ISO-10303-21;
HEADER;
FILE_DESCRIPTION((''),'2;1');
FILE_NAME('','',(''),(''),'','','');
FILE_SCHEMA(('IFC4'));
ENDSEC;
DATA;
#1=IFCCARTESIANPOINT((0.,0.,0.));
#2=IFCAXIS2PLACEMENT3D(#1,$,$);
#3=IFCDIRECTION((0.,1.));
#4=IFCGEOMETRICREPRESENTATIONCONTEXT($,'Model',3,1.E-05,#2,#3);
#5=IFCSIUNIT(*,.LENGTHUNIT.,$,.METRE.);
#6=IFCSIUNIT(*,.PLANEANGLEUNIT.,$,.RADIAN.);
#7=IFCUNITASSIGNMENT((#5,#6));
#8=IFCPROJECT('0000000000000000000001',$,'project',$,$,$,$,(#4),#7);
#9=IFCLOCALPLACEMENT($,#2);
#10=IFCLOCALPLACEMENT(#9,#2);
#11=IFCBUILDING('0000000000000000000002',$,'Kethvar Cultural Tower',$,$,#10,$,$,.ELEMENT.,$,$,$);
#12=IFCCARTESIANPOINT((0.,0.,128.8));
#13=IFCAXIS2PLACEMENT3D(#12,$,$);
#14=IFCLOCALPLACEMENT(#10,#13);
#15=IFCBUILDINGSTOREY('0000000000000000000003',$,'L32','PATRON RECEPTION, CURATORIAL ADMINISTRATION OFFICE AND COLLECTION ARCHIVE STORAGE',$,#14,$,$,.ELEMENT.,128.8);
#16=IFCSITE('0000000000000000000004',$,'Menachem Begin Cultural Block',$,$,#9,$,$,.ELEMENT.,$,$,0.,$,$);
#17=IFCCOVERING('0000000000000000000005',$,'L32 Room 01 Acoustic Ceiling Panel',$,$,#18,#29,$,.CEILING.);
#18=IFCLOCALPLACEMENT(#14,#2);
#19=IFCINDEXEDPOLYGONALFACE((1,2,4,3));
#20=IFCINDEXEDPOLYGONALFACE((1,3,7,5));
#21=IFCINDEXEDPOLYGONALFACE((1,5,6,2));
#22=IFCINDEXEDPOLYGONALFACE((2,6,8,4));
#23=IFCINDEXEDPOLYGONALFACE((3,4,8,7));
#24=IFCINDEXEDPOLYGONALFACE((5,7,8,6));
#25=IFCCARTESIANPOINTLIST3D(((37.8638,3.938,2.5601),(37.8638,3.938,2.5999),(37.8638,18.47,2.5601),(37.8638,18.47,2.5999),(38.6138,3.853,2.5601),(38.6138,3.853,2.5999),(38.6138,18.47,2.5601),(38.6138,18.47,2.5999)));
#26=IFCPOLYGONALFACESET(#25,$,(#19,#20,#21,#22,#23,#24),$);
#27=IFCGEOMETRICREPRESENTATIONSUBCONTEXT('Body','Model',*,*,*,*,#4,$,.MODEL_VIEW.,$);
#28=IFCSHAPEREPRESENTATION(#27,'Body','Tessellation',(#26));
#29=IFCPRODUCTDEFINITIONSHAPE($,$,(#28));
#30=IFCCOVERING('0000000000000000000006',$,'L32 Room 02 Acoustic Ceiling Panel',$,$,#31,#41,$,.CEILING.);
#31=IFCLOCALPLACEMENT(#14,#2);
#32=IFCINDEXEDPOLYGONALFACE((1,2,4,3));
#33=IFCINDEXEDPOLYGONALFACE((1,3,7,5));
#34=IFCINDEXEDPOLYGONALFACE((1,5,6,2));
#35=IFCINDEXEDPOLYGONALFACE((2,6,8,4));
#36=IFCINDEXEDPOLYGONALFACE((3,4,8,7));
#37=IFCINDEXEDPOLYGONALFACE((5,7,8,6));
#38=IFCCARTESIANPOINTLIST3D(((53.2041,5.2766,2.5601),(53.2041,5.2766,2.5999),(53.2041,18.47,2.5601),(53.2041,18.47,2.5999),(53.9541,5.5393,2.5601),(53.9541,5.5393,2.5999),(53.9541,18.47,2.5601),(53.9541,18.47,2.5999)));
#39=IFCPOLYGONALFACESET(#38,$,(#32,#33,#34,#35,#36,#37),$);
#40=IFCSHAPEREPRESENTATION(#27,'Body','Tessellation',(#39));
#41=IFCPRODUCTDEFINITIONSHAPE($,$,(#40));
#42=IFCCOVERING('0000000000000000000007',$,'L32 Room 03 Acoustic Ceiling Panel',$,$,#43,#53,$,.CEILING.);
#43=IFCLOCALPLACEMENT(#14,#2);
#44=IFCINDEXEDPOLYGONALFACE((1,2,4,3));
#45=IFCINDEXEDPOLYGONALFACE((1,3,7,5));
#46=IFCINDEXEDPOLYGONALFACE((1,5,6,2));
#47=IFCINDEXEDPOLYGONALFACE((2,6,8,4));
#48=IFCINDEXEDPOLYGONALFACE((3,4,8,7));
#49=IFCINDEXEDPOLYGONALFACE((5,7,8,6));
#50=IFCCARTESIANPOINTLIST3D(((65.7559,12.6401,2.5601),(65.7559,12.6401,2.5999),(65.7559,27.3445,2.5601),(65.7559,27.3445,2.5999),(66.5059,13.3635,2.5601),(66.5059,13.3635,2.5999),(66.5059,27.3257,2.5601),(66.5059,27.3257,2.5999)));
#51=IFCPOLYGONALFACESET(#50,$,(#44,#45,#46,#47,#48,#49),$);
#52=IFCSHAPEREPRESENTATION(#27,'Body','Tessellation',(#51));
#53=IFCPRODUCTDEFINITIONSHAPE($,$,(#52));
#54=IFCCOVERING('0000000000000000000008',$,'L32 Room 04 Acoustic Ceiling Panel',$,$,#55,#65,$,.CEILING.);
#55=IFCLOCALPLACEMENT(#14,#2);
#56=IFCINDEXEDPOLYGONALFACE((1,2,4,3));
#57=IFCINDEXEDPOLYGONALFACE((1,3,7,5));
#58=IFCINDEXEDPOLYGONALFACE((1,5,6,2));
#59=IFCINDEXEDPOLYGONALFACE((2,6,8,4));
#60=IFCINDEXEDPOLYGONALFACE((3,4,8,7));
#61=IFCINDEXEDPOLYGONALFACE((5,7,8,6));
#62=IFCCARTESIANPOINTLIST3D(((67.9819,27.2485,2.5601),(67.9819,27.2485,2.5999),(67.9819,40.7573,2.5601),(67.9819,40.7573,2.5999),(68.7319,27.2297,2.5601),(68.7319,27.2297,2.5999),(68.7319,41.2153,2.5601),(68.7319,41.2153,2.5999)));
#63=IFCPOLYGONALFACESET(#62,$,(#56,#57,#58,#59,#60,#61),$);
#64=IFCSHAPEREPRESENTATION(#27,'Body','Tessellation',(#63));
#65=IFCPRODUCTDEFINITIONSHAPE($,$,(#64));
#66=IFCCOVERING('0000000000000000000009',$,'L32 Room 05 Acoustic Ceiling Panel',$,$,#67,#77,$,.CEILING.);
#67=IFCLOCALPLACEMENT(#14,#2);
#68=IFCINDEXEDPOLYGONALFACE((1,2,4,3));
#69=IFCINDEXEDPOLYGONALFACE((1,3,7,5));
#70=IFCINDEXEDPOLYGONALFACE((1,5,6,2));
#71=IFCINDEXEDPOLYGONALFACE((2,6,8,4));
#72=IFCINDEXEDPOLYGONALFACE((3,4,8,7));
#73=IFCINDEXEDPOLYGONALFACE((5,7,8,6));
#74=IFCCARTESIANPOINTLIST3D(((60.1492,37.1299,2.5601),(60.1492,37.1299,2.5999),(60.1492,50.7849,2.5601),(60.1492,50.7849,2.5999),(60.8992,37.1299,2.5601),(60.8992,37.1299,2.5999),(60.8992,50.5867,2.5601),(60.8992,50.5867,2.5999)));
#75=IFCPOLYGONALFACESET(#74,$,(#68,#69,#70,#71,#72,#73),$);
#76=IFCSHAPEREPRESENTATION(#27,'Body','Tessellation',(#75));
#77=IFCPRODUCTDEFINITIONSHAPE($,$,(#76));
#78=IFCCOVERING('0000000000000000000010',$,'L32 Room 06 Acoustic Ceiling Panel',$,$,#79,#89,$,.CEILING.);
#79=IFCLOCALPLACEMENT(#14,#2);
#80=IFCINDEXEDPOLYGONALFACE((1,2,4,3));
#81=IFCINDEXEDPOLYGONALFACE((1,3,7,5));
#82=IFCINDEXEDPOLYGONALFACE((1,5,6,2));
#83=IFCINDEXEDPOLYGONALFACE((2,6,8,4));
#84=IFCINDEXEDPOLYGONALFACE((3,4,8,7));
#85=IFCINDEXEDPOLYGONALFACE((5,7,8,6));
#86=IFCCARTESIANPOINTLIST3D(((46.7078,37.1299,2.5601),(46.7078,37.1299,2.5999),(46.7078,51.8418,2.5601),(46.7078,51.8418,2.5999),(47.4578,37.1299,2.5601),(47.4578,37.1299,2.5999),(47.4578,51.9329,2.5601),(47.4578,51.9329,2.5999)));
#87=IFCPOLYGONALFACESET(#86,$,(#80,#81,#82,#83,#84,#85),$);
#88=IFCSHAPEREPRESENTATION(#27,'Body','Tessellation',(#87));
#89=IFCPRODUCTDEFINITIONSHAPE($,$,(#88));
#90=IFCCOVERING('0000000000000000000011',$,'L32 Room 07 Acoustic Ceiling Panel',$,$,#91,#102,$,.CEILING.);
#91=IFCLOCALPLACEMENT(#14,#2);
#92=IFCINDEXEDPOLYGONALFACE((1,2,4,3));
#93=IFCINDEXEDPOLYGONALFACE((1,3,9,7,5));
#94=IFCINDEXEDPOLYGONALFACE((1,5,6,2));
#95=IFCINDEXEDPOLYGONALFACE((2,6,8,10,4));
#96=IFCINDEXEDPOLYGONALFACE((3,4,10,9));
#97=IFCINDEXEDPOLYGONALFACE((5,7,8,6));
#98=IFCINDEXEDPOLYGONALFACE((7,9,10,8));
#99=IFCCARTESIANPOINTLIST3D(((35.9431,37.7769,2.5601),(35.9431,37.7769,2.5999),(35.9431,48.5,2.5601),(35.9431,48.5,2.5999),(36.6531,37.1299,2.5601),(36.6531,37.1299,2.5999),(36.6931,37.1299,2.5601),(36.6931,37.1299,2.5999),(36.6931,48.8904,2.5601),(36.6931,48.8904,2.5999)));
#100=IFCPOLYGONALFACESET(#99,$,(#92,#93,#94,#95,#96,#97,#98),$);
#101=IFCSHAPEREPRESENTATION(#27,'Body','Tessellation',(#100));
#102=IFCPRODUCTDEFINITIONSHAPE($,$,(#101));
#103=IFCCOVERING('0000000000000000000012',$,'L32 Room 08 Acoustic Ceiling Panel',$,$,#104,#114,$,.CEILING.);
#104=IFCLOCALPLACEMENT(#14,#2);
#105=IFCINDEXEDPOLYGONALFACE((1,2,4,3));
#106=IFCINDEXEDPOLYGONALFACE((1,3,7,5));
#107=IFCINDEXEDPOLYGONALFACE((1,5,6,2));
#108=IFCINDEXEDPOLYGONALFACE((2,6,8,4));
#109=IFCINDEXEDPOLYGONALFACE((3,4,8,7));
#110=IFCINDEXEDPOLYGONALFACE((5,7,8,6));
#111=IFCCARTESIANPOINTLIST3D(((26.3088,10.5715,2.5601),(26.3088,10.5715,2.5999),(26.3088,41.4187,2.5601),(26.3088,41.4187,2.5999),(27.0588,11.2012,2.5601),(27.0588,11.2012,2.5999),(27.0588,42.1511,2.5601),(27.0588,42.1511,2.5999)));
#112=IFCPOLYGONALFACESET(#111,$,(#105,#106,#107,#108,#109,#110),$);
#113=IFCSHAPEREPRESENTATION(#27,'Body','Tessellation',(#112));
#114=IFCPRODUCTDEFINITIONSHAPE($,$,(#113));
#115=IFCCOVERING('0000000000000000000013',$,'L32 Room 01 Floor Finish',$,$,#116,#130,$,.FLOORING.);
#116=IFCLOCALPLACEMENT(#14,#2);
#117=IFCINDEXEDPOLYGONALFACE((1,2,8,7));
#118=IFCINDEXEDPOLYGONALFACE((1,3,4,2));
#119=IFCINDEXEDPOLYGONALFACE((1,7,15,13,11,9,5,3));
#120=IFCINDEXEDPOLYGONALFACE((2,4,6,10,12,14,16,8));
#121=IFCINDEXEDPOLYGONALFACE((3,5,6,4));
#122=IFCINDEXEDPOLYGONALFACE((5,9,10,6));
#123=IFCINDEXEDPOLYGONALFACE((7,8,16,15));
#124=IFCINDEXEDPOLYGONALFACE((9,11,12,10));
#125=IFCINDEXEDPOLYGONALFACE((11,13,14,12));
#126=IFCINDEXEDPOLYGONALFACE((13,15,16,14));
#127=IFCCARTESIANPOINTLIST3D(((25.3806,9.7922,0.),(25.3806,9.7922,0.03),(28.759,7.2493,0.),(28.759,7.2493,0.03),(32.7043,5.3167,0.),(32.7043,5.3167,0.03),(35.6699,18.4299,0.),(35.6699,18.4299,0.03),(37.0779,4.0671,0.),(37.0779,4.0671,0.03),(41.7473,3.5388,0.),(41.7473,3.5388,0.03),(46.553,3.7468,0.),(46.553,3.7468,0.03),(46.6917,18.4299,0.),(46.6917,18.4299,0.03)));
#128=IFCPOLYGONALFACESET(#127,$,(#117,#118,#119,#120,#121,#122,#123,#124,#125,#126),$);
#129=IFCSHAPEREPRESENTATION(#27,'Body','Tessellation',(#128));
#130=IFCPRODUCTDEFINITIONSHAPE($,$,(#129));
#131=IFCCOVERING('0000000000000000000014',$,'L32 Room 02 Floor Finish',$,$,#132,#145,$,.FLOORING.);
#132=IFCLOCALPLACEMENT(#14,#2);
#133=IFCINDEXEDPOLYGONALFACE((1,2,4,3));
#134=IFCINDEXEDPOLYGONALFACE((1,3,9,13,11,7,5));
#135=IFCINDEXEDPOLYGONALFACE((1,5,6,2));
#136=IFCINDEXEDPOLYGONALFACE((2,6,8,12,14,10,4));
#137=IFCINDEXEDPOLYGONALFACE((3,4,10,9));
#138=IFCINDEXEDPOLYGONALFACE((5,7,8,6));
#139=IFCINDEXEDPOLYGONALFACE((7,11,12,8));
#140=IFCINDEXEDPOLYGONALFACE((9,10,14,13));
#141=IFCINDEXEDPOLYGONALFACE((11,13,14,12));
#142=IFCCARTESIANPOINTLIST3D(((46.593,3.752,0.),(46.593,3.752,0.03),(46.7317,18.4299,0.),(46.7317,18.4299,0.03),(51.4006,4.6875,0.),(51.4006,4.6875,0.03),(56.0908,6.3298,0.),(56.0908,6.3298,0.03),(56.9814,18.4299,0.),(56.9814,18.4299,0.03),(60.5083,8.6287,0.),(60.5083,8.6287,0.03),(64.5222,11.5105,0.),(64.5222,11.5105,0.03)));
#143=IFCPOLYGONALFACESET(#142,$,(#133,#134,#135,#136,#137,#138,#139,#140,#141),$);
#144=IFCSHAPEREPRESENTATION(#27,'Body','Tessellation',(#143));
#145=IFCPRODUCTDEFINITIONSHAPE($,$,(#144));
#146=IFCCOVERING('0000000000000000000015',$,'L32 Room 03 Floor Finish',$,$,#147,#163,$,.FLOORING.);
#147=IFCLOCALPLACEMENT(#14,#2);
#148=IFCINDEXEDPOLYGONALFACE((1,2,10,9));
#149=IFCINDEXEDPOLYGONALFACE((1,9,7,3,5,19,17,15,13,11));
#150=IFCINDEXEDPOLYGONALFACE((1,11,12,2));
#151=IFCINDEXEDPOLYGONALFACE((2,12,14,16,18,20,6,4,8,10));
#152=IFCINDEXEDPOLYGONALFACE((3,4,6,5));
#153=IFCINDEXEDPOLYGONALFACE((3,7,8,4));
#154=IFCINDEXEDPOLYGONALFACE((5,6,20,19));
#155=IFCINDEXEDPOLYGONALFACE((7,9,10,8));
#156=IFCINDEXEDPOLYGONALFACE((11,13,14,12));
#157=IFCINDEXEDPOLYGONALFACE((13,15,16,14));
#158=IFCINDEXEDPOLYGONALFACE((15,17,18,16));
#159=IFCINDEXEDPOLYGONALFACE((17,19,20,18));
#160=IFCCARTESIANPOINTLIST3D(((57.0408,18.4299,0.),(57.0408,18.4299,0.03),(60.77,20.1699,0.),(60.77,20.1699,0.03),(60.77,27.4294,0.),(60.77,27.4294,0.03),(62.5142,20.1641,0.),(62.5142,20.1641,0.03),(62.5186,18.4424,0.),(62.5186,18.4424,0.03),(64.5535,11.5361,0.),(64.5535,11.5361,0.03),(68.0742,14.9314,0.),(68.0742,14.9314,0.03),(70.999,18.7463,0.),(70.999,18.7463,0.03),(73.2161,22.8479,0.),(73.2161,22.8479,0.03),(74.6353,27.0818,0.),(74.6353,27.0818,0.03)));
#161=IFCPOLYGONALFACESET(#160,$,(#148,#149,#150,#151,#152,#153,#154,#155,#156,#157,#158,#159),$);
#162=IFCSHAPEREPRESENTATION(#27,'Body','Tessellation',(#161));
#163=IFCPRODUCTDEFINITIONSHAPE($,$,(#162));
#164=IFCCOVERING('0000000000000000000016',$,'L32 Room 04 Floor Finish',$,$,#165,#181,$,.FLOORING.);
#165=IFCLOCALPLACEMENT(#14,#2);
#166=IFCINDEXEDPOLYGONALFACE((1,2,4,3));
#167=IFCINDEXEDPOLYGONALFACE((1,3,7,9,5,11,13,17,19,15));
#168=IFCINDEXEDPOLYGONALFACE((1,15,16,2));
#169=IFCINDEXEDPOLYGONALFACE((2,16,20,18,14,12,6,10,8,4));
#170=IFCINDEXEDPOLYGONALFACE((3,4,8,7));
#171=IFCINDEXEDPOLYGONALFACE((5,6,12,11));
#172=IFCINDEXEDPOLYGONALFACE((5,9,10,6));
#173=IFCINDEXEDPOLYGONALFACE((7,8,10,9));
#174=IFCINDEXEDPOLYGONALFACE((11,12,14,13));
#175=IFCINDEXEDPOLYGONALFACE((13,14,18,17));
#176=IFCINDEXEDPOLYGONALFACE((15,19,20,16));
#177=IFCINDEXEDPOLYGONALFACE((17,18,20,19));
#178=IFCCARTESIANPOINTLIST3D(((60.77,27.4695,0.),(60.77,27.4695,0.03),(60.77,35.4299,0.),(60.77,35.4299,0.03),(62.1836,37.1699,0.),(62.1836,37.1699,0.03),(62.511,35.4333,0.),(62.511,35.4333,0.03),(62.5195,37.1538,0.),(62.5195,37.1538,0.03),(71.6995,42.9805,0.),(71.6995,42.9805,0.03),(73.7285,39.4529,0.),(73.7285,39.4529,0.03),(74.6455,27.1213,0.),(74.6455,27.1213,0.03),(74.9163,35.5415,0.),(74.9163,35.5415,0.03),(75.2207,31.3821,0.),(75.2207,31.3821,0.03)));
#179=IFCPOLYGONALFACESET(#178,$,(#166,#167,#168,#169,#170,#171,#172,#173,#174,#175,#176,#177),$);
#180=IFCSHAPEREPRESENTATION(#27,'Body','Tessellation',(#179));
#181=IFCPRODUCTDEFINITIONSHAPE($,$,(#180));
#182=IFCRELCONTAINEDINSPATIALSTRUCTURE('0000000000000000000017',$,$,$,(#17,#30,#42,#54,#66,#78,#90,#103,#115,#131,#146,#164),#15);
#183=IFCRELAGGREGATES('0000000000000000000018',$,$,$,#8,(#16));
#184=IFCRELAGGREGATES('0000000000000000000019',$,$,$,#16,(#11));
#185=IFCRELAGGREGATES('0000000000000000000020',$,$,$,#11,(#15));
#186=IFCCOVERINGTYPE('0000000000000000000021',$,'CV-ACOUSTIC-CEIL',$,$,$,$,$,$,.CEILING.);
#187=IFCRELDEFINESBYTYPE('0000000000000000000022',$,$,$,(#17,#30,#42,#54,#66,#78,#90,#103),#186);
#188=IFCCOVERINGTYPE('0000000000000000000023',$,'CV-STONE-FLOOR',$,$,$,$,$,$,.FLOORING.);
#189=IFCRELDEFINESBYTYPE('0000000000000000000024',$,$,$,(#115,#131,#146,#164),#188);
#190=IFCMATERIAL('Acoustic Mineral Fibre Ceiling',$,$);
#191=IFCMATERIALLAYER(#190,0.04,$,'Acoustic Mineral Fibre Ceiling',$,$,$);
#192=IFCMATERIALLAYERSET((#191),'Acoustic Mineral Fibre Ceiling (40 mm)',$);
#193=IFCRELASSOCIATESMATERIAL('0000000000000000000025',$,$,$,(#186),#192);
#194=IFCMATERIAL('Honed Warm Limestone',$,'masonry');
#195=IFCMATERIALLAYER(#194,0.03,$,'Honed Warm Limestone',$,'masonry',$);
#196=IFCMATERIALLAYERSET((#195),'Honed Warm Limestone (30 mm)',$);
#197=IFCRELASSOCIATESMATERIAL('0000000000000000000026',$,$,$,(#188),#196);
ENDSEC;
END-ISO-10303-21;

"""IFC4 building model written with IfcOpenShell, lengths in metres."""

from ifc_helpers import new_model, si_unit, direction, frame, origin, place, context, subcontext, project, spatial, polyline, outline, extrude, material, layer, layer_set, type_object, element, save


model = new_model("IFC4")

# Units and contexts
model_context = context("Model", 3, precision=1e-05, world=origin(), true_north=direction((0.0, 1.0)))
body_context = subcontext(model_context, "Body", "Model", "MODEL_VIEW")
ifc_project = project(units=[si_unit("LENGTHUNIT", "METRE"), si_unit("PLANEANGLEUNIT", "RADIAN")], contexts=[model_context])

# Site, building, storey
site_placement = place(None, origin())
site = spatial("IfcSite", under=ifc_project, at=site_placement, Name="Menachem Begin Cultural Block", CompositionType="ELEMENT", RefElevation=0.0)
building_placement = place(site_placement, origin())
building = spatial("IfcBuilding", under=site, at=building_placement, Name="Kethvar Cultural Tower", CompositionType="ELEMENT")
storey_placement = place(building_placement, frame((0.0, 0.0, 128.8)))
storey = spatial("IfcBuildingStorey", under=building, at=storey_placement, Name="L32", Description="PATRON RECEPTION, CURATORIAL ADMINISTRATION OFFICE AND COLLECTION ARCHIVE STORAGE", CompositionType="ELEMENT", Elevation=128.8)

# Coverings
ifc_material_1 = material(Name="Acoustic Mineral Fibre Ceiling")
ifc_layer_1 = layer(ifc_material_1, 0.04, Name="Acoustic Mineral Fibre Ceiling")
ifc_layer_set_1 = layer_set([ifc_layer_1], Name="Acoustic Mineral Fibre Ceiling (40 mm)")
covering_type_1 = type_object("IfcCoveringType", Name="CV-ACOUSTIC-CEIL", PredefinedType="CEILING", material=ifc_layer_set_1)
covering_1_placement = place(storey_placement, frame((0.0, 0.0, 2.5601)))
element("IfcCovering", 1, at=covering_1_placement, inside=storey, type_object=covering_type_1, Name="L32 Room 01 Acoustic Ceiling Panel", PredefinedType="CEILING", context=body_context, shape_type="SweptSolid", body=[
    extrude(outline(polyline([(37.8638, 3.938), (37.8638, 18.47), (38.6138, 18.47), (38.6138, 3.853), (37.8638, 3.938)])), origin(), (0.0, 0.0, 1.0), 0.0398),
])
covering_2_placement = place(storey_placement, frame((0.0, 0.0, 2.5601)))
element("IfcCovering", 2, at=covering_2_placement, inside=storey, type_object=covering_type_1, Name="L32 Room 02 Acoustic Ceiling Panel", PredefinedType="CEILING", context=body_context, shape_type="SweptSolid", body=[
    extrude(outline(polyline([(53.2041, 5.2766), (53.2041, 18.47), (53.9541, 18.47), (53.9541, 5.5393), (53.2041, 5.2766)])), origin(), (0.0, 0.0, 1.0), 0.0398),
])
covering_3_placement = place(storey_placement, frame((0.0, 0.0, 2.5601)))
element("IfcCovering", 3, at=covering_3_placement, inside=storey, type_object=covering_type_1, Name="L32 Room 03 Acoustic Ceiling Panel", PredefinedType="CEILING", context=body_context, shape_type="SweptSolid", body=[
    extrude(outline(polyline([(65.7559, 12.6401), (65.7559, 27.3445), (66.5059, 27.3257), (66.5059, 13.3635), (65.7559, 12.6401)])), origin(), (0.0, 0.0, 1.0), 0.0398),
])
covering_4_placement = place(storey_placement, frame((0.0, 0.0, 2.5601)))
element("IfcCovering", 4, at=covering_4_placement, inside=storey, type_object=covering_type_1, Name="L32 Room 04 Acoustic Ceiling Panel", PredefinedType="CEILING", context=body_context, shape_type="SweptSolid", body=[
    extrude(outline(polyline([(67.9819, 27.2485), (67.9819, 40.7573), (68.7319, 41.2153), (68.7319, 27.2297), (67.9819, 27.2485)])), origin(), (0.0, 0.0, 1.0), 0.0398),
])
covering_5_placement = place(storey_placement, frame((0.0, 0.0, 2.5601)))
element("IfcCovering", 5, at=covering_5_placement, inside=storey, type_object=covering_type_1, Name="L32 Room 05 Acoustic Ceiling Panel", PredefinedType="CEILING", context=body_context, shape_type="SweptSolid", body=[
    extrude(outline(polyline([(60.1492, 37.1299), (60.1492, 50.7849), (60.8992, 50.5867), (60.8992, 37.1299), (60.1492, 37.1299)])), origin(), (0.0, 0.0, 1.0), 0.0398),
])
covering_6_placement = place(storey_placement, frame((0.0, 0.0, 2.5601)))
element("IfcCovering", 6, at=covering_6_placement, inside=storey, type_object=covering_type_1, Name="L32 Room 06 Acoustic Ceiling Panel", PredefinedType="CEILING", context=body_context, shape_type="SweptSolid", body=[
    extrude(outline(polyline([(46.7078, 51.8418), (47.4578, 51.9329), (47.4578, 37.1299), (46.7078, 37.1299), (46.7078, 51.8418)])), origin(), (0.0, 0.0, 1.0), 0.0398),
])
covering_7_placement = place(storey_placement, frame((0.0, 0.0, 2.5601)))
element("IfcCovering", 7, at=covering_7_placement, inside=storey, type_object=covering_type_1, Name="L32 Room 07 Acoustic Ceiling Panel", PredefinedType="CEILING", context=body_context, shape_type="SweptSolid", body=[
    extrude(outline(polyline([(36.6931, 48.8904), (36.6931, 37.1299), (36.6531, 37.1299), (35.9431, 37.7769), (35.9431, 48.5), (36.6931, 48.8904)])), origin(), (0.0, 0.0, 1.0), 0.0398),
])
covering_8_placement = place(storey_placement, frame((0.0, 0.0, 2.5601)))
element("IfcCovering", 8, at=covering_8_placement, inside=storey, type_object=covering_type_1, Name="L32 Room 08 Acoustic Ceiling Panel", PredefinedType="CEILING", context=body_context, shape_type="SweptSolid", body=[
    extrude(outline(polyline([(27.0588, 42.1511), (27.0588, 11.2012), (26.3088, 10.5715), (26.3088, 41.4187), (27.0588, 42.1511)])), origin(), (0.0, 0.0, 1.0), 0.0398),
])
ifc_material_2 = material(Name="Honed Warm Limestone", Category="masonry")
ifc_layer_2 = layer(ifc_material_2, 0.03, Name="Honed Warm Limestone", Category="masonry")
ifc_layer_set_2 = layer_set([ifc_layer_2], Name="Honed Warm Limestone (30 mm)")
covering_type_2 = type_object("IfcCoveringType", Name="CV-STONE-FLOOR", PredefinedType="FLOORING", material=ifc_layer_set_2)
covering_9_placement = place(storey_placement, origin())
element("IfcCovering", 9, at=covering_9_placement, inside=storey, type_object=covering_type_2, Name="L32 Room 01 Floor Finish", PredefinedType="FLOORING", context=body_context, shape_type="SweptSolid", body=[
    extrude(outline(polyline([(41.7473, 3.5388), (37.0779, 4.0671), (32.7043, 5.3167), (28.759, 7.2493), (25.3806, 9.7922), (35.6699, 18.4299), (46.6917, 18.4299), (46.553, 3.7468), (41.7473, 3.5388)])), origin(), (0.0, 0.0, 1.0), 0.03),
])
covering_10_placement = place(storey_placement, origin())
element("IfcCovering", 10, at=covering_10_placement, inside=storey, type_object=covering_type_2, Name="L32 Room 02 Floor Finish", PredefinedType="FLOORING", context=body_context, shape_type="SweptSolid", body=[
    extrude(outline(polyline([(64.5222, 11.5105), (60.5083, 8.6287), (56.0908, 6.3298), (51.4006, 4.6875), (46.593, 3.752), (46.7317, 18.4299), (56.9814, 18.4299), (64.5222, 11.5105)])), origin(), (0.0, 0.0, 1.0), 0.03),
])
covering_11_placement = place(storey_placement, origin())
element("IfcCovering", 11, at=covering_11_placement, inside=storey, type_object=covering_type_2, Name="L32 Room 03 Floor Finish", PredefinedType="FLOORING", context=body_context, shape_type="SweptSolid", body=[
    extrude(outline(polyline([(73.2161, 22.8479), (70.999, 18.7463), (68.0742, 14.9314), (64.5535, 11.5361), (57.0408, 18.4299), (62.5186, 18.4424), (62.5142, 20.1641), (60.77, 20.1699), (60.77, 27.4294), (74.6353, 27.0818), (73.2161, 22.8479)])), origin(), (0.0, 0.0, 1.0), 0.03),
])
covering_12_placement = place(storey_placement, origin())
element("IfcCovering", 12, at=covering_12_placement, inside=storey, type_object=covering_type_2, Name="L32 Room 04 Floor Finish", PredefinedType="FLOORING", context=body_context, shape_type="SweptSolid", body=[
    extrude(outline(polyline([(75.2207, 31.3821), (74.6455, 27.1213), (60.77, 27.4695), (60.77, 35.4299), (62.511, 35.4333), (62.5195, 37.1538), (62.1836, 37.1699), (71.6995, 42.9805), (73.7285, 39.4529), (74.9163, 35.5415), (75.2207, 31.3821)])), origin(), (0.0, 0.0, 1.0), 0.03),
])

save(model, "model.ifc")
